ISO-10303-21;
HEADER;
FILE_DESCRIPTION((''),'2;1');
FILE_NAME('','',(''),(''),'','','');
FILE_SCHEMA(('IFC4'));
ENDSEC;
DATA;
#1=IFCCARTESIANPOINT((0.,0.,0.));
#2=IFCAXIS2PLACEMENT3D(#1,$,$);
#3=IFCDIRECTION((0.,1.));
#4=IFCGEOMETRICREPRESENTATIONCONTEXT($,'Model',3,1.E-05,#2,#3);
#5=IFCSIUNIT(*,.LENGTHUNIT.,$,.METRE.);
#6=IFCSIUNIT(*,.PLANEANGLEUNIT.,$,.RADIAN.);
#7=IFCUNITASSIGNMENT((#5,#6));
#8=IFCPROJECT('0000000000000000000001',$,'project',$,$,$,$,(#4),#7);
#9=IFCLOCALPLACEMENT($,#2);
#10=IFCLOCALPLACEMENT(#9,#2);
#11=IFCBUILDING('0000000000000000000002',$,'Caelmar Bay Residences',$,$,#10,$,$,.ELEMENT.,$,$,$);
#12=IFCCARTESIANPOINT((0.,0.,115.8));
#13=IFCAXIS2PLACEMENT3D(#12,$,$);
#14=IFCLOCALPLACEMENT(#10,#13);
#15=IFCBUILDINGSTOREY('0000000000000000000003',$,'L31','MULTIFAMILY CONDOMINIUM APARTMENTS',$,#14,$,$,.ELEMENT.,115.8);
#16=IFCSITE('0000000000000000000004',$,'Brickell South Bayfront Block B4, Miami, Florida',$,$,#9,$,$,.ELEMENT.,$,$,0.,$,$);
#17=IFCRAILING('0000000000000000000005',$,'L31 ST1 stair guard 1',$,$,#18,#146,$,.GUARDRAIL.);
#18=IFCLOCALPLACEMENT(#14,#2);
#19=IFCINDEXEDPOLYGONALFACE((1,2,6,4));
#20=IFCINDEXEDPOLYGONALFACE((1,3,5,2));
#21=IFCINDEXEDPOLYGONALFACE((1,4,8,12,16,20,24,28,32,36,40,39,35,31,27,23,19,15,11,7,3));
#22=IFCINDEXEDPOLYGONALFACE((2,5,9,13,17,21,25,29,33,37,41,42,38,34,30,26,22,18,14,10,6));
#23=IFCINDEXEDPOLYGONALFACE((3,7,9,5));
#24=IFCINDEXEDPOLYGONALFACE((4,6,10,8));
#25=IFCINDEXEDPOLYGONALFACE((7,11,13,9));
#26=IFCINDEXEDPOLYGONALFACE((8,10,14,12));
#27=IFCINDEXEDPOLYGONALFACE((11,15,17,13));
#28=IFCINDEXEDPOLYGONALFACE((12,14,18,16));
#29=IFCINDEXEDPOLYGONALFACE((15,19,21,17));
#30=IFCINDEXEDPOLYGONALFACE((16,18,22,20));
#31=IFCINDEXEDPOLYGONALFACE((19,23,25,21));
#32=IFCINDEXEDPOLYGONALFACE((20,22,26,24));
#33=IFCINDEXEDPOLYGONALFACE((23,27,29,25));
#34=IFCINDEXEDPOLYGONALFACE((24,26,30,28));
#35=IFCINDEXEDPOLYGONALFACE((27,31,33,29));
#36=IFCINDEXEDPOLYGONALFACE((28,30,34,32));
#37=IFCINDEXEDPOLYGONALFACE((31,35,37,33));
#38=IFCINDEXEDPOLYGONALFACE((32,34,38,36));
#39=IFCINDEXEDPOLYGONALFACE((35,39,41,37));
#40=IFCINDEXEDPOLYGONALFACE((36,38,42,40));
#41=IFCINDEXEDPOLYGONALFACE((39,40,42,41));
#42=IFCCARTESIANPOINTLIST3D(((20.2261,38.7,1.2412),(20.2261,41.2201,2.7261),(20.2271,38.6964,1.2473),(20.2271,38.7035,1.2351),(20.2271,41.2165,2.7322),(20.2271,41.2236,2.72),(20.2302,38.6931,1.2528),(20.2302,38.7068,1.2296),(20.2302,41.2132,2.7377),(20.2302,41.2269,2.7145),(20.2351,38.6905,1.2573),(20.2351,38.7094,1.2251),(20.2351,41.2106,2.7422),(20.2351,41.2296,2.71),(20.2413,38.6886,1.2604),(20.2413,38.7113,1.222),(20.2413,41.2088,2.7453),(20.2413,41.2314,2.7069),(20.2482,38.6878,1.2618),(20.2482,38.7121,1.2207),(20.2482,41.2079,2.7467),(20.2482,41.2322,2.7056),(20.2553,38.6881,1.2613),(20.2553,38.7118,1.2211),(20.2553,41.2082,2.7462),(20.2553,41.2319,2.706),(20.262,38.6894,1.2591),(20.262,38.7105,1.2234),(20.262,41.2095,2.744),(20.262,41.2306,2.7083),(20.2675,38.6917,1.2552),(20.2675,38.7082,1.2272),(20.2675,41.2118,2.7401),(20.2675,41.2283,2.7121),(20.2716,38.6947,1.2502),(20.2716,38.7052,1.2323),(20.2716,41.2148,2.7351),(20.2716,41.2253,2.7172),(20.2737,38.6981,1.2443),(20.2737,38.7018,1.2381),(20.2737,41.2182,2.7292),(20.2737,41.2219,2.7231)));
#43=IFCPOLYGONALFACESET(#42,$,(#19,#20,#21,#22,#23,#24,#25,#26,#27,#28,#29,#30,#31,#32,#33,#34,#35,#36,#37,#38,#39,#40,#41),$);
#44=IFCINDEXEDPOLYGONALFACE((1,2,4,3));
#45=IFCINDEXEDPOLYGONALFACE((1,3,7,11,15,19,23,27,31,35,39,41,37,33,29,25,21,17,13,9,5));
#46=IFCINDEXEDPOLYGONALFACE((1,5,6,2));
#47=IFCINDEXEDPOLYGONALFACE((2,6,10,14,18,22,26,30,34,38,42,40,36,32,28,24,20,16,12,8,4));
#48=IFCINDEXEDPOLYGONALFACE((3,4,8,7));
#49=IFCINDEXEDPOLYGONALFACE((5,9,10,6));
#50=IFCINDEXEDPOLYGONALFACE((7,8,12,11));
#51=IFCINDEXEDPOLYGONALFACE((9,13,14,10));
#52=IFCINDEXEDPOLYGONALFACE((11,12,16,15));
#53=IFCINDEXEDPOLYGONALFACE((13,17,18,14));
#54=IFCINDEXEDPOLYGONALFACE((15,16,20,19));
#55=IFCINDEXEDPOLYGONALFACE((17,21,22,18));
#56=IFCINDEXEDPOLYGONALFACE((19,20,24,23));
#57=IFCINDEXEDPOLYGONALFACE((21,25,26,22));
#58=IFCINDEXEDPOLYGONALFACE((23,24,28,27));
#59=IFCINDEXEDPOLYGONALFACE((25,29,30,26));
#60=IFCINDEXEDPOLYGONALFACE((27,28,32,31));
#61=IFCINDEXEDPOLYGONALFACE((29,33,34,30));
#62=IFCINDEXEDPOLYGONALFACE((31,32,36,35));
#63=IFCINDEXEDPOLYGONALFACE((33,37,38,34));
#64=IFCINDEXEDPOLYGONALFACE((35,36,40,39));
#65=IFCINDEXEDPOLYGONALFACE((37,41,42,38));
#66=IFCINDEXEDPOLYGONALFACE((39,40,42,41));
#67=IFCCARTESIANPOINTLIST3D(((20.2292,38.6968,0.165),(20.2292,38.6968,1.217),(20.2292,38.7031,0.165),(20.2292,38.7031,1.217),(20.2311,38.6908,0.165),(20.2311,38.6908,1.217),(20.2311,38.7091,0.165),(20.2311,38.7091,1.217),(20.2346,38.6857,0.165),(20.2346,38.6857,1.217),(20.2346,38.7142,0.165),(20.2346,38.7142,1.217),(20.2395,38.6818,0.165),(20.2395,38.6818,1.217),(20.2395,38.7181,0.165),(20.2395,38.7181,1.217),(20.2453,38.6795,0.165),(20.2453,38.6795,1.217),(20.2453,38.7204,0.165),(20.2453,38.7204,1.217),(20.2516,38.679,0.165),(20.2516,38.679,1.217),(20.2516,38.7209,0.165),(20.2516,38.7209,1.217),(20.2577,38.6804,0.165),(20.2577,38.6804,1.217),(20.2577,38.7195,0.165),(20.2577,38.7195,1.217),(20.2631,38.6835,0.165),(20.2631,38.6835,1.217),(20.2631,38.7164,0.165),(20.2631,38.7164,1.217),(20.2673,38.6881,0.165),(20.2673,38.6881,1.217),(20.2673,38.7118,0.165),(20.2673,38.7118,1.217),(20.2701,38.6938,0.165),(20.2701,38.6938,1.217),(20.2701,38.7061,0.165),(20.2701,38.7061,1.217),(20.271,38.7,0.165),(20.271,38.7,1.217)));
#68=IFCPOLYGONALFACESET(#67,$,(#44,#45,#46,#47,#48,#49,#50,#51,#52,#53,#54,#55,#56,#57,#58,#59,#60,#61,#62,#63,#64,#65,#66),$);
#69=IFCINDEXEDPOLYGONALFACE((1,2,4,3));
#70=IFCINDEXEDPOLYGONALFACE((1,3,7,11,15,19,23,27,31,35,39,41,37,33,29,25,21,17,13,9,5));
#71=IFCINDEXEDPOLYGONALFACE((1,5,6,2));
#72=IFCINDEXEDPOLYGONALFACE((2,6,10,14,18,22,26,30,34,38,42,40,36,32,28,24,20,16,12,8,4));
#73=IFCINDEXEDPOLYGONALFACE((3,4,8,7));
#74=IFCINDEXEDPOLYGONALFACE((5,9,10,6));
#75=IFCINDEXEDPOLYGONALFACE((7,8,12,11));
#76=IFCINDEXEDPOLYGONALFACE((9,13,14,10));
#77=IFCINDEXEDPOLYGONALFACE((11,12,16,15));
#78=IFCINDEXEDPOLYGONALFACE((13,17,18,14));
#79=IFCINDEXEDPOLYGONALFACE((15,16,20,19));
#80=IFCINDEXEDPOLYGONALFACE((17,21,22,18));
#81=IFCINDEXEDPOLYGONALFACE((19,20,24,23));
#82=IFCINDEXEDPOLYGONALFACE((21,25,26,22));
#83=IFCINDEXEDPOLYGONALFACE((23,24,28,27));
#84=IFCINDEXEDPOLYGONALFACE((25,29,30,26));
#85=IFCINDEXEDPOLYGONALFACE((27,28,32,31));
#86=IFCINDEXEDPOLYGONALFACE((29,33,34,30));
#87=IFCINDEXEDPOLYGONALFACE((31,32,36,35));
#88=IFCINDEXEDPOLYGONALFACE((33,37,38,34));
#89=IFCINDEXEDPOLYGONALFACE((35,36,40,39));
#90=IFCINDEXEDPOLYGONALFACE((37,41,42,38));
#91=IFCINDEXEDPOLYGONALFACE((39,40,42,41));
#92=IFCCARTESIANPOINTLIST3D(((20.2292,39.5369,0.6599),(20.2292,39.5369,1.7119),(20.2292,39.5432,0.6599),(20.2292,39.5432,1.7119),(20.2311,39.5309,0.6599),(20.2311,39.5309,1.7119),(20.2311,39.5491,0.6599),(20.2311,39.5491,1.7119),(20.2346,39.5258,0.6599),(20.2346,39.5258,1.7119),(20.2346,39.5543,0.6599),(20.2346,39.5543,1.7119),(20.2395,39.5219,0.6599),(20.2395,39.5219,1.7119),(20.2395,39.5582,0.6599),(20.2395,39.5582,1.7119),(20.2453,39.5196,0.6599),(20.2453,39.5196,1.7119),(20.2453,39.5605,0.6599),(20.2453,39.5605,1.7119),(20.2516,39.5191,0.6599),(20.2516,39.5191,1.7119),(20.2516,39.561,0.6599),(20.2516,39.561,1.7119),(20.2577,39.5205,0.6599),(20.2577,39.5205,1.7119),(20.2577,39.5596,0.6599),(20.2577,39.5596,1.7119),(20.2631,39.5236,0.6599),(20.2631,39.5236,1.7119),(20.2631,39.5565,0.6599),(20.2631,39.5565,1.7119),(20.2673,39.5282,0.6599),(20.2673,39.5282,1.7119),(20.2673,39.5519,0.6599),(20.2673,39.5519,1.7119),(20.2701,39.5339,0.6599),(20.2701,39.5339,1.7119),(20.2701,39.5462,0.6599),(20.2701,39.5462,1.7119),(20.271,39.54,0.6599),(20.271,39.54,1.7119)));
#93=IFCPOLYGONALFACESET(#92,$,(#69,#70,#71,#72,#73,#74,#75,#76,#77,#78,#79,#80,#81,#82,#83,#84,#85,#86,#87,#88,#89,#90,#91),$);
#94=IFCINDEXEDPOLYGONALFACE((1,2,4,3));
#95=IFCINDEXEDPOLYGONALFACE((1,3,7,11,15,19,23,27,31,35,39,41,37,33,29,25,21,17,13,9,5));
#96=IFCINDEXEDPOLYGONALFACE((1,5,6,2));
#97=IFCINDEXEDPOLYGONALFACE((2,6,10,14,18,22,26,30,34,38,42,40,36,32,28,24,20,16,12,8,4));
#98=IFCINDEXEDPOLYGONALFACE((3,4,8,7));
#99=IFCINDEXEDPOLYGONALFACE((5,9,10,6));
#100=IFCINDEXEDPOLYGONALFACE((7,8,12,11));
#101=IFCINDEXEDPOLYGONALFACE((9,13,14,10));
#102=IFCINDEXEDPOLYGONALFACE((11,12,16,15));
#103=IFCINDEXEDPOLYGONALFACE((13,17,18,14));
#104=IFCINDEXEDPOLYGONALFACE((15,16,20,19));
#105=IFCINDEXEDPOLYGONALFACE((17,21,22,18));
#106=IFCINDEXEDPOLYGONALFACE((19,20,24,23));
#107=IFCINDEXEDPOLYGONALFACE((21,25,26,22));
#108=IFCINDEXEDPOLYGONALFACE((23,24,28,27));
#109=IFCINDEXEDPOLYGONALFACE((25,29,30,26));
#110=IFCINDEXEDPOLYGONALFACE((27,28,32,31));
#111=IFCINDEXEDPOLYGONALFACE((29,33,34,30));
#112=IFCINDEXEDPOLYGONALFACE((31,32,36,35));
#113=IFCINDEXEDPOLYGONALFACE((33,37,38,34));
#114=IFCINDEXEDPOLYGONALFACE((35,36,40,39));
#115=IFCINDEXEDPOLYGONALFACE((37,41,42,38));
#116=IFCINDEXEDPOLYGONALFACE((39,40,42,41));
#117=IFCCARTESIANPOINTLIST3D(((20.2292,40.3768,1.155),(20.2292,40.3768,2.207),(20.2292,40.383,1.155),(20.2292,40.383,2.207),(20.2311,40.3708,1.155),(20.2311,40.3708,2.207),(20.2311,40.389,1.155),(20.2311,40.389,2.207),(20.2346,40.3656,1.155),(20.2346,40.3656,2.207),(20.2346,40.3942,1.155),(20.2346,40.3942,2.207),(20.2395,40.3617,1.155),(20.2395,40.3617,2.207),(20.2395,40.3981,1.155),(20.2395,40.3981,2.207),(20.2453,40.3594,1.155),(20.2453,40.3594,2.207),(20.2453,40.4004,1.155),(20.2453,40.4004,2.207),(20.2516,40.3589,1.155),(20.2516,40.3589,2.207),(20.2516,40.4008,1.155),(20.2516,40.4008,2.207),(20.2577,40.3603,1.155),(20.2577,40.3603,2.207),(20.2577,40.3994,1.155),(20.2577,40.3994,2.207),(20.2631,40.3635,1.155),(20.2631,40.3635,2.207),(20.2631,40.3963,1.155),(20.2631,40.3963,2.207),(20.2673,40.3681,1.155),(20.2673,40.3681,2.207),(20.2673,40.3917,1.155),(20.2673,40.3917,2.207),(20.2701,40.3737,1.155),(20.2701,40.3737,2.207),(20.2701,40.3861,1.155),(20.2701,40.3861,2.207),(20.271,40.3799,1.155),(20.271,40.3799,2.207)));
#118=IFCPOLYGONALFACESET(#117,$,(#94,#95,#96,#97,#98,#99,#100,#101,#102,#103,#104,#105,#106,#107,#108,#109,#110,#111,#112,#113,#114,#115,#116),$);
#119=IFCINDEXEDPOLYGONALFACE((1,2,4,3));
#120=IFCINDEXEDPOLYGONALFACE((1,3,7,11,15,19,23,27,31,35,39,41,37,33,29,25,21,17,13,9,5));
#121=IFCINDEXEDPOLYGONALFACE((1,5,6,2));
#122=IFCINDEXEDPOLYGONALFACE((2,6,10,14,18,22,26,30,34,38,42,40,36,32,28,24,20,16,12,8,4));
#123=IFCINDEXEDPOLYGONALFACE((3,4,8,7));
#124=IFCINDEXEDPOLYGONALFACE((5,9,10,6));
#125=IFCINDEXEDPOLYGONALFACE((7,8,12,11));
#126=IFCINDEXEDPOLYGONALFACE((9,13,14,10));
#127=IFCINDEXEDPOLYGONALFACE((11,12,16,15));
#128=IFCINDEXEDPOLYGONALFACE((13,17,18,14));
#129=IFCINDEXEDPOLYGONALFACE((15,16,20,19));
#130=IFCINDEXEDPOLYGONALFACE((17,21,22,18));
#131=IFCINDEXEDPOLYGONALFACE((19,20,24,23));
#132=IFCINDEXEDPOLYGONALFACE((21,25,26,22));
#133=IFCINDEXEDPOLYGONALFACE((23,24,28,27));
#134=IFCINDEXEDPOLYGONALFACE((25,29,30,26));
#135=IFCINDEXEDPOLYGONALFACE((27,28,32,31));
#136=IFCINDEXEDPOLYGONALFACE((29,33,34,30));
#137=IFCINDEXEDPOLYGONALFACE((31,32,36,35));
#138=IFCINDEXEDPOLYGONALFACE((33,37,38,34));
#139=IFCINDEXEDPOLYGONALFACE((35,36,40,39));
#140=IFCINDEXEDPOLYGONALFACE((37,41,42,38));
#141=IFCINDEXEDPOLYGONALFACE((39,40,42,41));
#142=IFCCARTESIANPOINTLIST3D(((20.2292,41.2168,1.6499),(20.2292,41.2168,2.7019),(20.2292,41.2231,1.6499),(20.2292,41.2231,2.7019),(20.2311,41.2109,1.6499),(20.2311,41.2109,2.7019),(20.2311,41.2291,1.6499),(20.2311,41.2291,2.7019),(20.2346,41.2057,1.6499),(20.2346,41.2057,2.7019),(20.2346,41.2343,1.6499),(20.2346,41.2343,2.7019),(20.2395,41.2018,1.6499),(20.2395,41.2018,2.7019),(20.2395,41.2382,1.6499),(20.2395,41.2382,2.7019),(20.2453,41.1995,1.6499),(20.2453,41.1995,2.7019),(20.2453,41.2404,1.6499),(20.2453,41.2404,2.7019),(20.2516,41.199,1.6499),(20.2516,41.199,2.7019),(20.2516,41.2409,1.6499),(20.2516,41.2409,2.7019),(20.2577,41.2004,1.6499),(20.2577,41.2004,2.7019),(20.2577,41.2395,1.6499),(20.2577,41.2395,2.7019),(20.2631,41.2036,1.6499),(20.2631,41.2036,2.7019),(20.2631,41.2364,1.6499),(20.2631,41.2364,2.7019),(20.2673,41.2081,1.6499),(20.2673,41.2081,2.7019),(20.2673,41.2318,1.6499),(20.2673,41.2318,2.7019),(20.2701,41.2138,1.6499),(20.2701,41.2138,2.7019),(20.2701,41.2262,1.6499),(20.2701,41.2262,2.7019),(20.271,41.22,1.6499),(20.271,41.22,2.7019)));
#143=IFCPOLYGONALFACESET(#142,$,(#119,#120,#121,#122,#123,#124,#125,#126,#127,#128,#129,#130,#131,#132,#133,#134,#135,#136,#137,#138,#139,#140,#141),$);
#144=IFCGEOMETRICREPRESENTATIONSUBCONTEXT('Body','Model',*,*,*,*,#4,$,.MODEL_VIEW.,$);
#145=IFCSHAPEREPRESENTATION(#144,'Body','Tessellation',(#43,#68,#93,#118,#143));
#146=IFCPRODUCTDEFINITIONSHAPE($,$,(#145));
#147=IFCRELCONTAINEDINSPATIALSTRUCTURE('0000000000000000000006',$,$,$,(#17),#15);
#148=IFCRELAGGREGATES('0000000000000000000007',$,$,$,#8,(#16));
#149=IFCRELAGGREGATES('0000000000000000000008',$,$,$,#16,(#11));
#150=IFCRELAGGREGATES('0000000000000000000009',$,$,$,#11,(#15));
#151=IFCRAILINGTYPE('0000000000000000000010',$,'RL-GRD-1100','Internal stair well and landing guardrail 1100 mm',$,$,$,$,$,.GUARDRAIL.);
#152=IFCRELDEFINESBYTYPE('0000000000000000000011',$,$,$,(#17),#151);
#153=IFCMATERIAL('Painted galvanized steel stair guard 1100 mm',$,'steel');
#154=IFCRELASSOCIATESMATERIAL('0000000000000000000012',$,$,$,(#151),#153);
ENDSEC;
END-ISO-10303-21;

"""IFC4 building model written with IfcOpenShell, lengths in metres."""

from ifc_helpers import new_model, si_unit, direction, frame, origin, origin_2d, place, context, subcontext, project, spatial, circle, extrude, material, type_object, element, save


model = new_model("IFC4")

# Units and contexts
model_context = context("Model", 3, precision=1e-05, world=origin(), true_north=direction((0.0, 1.0)))
body_context = subcontext(model_context, "Body", "Model", "MODEL_VIEW")
ifc_project = project(units=[si_unit("LENGTHUNIT", "METRE"), si_unit("PLANEANGLEUNIT", "RADIAN")], contexts=[model_context])

# Site, building, storey
site_placement = place(None, origin())
site = spatial("IfcSite", under=ifc_project, at=site_placement, Name="Brickell South Bayfront Block B4, Miami, Florida", CompositionType="ELEMENT", RefElevation=0.0)
building_placement = place(site_placement, origin())
building = spatial("IfcBuilding", under=site, at=building_placement, Name="Caelmar Bay Residences", CompositionType="ELEMENT")
storey_placement = place(building_placement, frame((0.0, 0.0, 115.8)))
storey = spatial("IfcBuildingStorey", under=building, at=storey_placement, Name="L31", Description="MULTIFAMILY CONDOMINIUM APARTMENTS", CompositionType="ELEMENT", Elevation=115.8)

# Railing
ifc_material_1 = material(Name="Painted galvanized steel stair guard 1100 mm", Category="steel")
railing_type_1 = type_object("IfcRailingType", Name="RL-GRD-1100", Description="Internal stair well and landing guardrail 1100 mm", PredefinedType="GUARDRAIL", material=ifc_material_1)
railing_1_placement = place(storey_placement, frame((20.25, 38.7, 0.165)))
element("IfcRailing", 1, at=railing_1_placement, inside=storey, type_object=railing_type_1, Name="L31 ST1 stair guard 1", PredefinedType="GUARDRAIL", context=body_context, shape_type="SweptSolid", body=[
    extrude(circle(Radius=0.0239, at=origin_2d()), frame((0.0, 0.0, 1.0762), z_axis=(0.0, 0.861561, 0.507655), x_axis=(-1.0, 0.0, 0.0)), (0.0, 0.0, 1.0), 2.925),
    extrude(circle(Radius=0.021, at=origin_2d()), origin(), (0.0, 0.0, 1.0), 1.052),
    extrude(circle(Radius=0.021, at=origin_2d()), frame((0.0, 0.8401, 0.4949)), (0.0, 0.0, 1.0), 1.052),
    extrude(circle(Radius=0.021, at=origin_2d()), frame((0.0, 1.6799, 0.99)), (0.0, 0.0, 1.0), 1.052),
    extrude(circle(Radius=0.021, at=origin_2d()), frame((0.0, 2.52, 1.4849)), (0.0, 0.0, 1.0), 1.052),
])

save(model, "model.ifc")
